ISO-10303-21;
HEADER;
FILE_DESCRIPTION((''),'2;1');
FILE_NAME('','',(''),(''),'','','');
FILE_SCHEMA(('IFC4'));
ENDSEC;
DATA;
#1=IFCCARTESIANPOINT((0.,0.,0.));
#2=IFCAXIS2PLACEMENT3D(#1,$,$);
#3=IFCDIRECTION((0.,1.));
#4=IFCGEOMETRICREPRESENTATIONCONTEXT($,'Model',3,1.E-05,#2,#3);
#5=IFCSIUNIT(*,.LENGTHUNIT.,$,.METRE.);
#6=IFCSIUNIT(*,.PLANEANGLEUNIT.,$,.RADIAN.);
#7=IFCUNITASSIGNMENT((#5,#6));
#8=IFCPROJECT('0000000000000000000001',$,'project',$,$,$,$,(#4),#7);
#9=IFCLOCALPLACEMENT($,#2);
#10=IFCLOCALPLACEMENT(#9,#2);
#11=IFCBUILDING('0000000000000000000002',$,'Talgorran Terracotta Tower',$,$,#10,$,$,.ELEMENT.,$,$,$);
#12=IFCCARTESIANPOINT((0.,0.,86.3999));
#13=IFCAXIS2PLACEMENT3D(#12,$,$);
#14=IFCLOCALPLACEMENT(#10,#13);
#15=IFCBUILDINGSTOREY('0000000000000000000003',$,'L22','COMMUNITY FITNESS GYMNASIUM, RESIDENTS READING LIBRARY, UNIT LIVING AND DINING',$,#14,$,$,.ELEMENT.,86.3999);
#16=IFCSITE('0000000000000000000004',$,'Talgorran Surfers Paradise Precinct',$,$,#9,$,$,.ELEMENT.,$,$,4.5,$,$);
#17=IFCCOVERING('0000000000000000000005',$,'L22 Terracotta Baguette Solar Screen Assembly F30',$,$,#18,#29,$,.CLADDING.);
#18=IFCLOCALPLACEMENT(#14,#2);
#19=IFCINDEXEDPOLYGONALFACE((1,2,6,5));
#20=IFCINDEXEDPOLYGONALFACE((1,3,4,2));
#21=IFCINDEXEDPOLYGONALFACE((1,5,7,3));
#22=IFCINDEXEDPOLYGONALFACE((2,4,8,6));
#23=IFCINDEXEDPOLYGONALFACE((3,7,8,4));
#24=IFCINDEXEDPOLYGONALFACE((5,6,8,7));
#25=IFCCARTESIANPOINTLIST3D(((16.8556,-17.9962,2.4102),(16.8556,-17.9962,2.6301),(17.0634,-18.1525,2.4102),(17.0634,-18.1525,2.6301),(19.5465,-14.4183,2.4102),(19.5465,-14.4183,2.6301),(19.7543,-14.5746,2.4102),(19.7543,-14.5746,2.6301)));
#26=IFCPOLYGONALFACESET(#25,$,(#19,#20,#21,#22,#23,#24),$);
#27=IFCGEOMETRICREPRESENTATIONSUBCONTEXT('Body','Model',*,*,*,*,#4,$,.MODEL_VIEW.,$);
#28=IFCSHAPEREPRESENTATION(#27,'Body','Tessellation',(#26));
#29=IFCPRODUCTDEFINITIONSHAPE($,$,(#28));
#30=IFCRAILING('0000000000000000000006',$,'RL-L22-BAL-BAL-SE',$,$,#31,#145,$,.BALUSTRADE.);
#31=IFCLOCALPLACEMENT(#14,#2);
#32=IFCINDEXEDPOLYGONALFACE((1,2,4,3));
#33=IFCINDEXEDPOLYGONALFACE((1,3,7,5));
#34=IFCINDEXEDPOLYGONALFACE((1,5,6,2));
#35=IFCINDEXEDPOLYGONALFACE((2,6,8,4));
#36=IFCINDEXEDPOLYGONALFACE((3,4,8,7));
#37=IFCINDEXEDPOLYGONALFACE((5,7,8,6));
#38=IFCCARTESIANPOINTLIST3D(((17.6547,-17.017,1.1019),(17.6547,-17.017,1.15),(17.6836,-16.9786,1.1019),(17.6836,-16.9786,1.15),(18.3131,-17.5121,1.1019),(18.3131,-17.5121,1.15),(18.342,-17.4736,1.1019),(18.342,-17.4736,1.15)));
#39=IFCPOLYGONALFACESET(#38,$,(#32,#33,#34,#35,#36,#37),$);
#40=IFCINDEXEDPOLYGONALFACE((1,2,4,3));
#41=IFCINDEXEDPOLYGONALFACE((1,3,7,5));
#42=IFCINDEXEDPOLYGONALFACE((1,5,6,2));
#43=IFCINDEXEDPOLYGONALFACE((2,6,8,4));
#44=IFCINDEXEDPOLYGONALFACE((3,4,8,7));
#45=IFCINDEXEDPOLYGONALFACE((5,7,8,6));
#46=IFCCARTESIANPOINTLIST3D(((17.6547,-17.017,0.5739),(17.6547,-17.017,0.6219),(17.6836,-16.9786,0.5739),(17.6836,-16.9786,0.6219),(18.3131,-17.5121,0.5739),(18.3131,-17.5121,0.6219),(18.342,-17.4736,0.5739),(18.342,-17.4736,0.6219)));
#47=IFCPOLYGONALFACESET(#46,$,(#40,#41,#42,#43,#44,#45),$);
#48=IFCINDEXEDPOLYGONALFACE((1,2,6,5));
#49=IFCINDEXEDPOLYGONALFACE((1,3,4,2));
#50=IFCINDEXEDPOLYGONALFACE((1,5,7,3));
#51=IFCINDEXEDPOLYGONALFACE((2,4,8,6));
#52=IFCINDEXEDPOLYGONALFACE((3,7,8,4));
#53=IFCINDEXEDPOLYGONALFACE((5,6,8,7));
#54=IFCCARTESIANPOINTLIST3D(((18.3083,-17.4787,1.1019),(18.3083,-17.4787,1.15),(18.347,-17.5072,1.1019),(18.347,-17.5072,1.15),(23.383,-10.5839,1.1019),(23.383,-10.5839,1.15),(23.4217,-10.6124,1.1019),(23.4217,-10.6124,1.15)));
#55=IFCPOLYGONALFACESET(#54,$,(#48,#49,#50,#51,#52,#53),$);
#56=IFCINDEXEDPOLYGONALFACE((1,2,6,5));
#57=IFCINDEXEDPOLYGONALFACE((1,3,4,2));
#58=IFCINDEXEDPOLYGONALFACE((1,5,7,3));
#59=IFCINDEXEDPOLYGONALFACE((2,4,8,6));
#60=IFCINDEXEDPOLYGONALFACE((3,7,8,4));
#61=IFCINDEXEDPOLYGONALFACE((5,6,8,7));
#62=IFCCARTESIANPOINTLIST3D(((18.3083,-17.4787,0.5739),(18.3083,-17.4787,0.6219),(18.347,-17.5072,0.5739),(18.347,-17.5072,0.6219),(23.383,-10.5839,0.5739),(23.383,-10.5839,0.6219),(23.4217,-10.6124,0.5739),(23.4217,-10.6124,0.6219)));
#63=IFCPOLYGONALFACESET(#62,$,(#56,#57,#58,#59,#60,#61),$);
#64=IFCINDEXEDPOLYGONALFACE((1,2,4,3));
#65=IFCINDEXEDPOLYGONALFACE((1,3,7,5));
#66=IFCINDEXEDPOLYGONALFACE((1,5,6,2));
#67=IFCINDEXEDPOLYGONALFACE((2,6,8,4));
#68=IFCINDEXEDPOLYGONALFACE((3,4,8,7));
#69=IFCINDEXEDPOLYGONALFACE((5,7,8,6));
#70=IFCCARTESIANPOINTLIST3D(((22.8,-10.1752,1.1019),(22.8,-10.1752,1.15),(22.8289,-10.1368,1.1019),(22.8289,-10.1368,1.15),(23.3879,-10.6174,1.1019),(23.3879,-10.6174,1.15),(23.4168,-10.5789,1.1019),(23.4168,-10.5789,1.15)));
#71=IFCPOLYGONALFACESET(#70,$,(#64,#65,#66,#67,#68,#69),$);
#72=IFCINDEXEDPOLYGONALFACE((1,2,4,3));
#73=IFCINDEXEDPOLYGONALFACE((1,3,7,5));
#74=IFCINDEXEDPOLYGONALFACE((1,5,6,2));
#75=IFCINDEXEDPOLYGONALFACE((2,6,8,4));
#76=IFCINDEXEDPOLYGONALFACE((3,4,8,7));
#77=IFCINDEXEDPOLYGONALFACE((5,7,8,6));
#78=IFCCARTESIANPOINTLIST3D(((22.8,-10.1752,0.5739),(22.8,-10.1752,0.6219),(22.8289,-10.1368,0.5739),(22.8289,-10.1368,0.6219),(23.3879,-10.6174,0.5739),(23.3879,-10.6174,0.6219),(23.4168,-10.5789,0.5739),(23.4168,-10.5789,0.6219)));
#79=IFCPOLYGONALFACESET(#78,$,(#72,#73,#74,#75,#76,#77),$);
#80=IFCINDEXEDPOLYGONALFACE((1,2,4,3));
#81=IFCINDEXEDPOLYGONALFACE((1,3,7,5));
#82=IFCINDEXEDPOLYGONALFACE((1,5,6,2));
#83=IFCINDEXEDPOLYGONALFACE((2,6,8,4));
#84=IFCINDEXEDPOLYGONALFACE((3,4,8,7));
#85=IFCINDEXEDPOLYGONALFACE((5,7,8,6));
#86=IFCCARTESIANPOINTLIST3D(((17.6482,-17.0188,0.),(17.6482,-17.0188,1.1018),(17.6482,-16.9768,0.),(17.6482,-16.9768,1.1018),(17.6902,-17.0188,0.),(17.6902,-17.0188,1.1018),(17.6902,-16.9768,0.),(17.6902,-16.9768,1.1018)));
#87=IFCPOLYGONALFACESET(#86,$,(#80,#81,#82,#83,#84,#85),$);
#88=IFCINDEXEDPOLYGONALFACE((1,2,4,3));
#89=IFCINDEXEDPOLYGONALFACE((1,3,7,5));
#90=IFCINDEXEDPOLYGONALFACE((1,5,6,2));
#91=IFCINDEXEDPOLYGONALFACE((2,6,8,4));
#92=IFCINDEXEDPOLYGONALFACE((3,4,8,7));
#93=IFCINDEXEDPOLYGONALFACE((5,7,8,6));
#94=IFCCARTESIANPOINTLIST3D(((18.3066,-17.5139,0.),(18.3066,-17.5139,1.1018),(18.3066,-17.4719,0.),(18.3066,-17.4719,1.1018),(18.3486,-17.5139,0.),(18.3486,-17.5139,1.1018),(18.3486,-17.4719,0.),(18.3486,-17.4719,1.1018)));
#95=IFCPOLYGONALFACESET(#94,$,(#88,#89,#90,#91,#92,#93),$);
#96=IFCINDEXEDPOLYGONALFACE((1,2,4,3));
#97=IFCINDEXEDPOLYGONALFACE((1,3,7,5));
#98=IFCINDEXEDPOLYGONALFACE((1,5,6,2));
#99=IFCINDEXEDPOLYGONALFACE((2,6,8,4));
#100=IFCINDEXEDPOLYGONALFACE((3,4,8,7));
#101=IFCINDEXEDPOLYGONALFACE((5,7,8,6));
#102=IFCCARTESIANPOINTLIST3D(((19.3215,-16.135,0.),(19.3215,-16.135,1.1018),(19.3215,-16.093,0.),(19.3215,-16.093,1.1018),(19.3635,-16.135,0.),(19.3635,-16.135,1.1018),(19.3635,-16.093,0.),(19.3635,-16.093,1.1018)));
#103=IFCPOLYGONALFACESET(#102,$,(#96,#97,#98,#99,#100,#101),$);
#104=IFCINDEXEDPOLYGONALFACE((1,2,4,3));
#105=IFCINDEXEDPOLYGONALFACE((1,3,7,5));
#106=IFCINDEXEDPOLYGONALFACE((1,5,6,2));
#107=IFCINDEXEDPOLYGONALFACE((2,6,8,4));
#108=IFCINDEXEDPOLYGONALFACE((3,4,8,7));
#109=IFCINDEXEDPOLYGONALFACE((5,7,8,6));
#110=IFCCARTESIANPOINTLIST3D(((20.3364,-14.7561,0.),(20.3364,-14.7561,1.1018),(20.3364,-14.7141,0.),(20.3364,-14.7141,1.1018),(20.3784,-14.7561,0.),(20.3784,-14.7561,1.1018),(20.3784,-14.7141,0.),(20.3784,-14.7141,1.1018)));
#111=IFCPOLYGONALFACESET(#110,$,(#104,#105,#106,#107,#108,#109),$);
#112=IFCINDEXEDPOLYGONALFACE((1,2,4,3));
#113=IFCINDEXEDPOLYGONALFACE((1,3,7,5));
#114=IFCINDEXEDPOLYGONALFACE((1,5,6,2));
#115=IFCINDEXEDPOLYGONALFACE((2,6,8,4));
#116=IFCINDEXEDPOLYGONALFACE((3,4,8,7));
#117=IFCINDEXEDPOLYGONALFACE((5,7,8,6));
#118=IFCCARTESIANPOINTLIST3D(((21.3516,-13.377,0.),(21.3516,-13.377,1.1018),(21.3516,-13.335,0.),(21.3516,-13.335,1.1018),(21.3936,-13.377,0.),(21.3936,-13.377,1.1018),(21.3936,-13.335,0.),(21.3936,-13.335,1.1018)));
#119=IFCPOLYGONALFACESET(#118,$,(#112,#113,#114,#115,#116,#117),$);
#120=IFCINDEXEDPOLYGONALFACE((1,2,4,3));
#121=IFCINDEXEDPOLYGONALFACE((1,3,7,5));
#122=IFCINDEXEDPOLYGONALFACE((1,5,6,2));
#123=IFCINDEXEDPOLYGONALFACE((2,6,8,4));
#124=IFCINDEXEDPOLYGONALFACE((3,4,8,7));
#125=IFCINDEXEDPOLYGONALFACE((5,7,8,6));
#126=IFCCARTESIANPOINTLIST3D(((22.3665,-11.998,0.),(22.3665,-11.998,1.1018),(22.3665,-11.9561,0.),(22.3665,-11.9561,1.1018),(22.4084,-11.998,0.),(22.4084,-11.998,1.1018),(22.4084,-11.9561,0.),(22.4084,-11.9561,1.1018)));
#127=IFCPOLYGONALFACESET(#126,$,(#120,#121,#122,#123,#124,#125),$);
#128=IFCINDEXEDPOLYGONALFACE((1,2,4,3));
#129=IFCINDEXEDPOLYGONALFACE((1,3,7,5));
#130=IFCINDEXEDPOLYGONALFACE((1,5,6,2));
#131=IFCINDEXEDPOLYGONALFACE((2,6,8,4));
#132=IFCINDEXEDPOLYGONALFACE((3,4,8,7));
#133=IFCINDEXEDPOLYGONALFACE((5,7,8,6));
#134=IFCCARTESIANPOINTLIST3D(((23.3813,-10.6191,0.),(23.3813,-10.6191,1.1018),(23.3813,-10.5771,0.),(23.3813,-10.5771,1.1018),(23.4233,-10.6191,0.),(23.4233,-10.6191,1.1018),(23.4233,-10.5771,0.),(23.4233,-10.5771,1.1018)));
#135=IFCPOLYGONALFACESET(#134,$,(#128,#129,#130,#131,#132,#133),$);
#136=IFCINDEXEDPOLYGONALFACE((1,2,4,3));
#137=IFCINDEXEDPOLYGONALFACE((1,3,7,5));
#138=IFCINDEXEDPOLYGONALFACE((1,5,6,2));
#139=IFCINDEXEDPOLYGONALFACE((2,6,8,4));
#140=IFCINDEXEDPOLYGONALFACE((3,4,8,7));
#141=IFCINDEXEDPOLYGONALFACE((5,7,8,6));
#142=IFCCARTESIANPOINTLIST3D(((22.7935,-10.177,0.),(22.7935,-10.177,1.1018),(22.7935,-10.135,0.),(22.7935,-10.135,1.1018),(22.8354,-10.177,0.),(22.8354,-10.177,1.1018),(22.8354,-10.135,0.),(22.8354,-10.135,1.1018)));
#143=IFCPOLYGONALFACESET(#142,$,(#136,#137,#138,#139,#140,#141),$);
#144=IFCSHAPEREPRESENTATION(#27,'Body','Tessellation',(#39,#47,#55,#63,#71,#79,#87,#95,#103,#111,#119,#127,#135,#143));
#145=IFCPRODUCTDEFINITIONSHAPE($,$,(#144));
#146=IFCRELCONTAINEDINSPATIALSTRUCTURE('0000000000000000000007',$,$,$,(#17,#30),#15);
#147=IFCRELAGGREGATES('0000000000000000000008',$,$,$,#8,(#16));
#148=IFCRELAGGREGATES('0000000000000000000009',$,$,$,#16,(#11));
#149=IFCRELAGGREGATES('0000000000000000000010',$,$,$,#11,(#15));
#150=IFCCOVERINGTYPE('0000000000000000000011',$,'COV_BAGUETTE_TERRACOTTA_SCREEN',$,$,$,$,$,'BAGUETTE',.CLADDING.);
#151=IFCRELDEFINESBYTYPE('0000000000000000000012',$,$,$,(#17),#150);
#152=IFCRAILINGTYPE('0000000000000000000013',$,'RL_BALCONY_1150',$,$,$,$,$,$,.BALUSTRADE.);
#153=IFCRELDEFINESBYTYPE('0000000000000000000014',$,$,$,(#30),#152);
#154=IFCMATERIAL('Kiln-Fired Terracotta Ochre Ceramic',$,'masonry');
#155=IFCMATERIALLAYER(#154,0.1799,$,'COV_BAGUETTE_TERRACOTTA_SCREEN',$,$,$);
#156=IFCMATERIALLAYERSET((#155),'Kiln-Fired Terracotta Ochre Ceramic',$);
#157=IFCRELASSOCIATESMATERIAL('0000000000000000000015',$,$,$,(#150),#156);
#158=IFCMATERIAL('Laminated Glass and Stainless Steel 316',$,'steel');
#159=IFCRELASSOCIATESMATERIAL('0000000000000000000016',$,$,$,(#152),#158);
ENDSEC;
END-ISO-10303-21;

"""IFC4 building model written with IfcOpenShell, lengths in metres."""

from ifc_helpers import new_model, si_unit, direction, frame, origin, origin_2d, place, context, subcontext, project, spatial, rectangle, extrude, material, layer, layer_set, type_object, element, save


model = new_model("IFC4")

# Units and contexts
model_context = context("Model", 3, precision=1e-05, world=origin(), true_north=direction((0.0, 1.0)))
body_context = subcontext(model_context, "Body", "Model", "MODEL_VIEW")
ifc_project = project(units=[si_unit("LENGTHUNIT", "METRE"), si_unit("PLANEANGLEUNIT", "RADIAN")], contexts=[model_context])

# Site, building, storey
site_placement = place(None, origin())
site = spatial("IfcSite", under=ifc_project, at=site_placement, Name="Talgorran Surfers Paradise Precinct", CompositionType="ELEMENT", RefElevation=4.5)
building_placement = place(site_placement, origin())
building = spatial("IfcBuilding", under=site, at=building_placement, Name="Talgorran Terracotta Tower", CompositionType="ELEMENT")
storey_placement = place(building_placement, frame((0.0, 0.0, 86.3999)))
storey = spatial("IfcBuildingStorey", under=building, at=storey_placement, Name="L22", Description="COMMUNITY FITNESS GYMNASIUM, RESIDENTS READING LIBRARY, UNIT LIVING AND DINING", CompositionType="ELEMENT", Elevation=86.3999)

# Covering
ifc_material_1 = material(Name="Kiln-Fired Terracotta Ochre Ceramic", Category="masonry")
ifc_layer_1 = layer(ifc_material_1, 0.1799, Name="COV_BAGUETTE_TERRACOTTA_SCREEN")
ifc_layer_set_1 = layer_set([ifc_layer_1], Name="Kiln-Fired Terracotta Ochre Ceramic")
covering_type = type_object("IfcCoveringType", Name="COV_BAGUETTE_TERRACOTTA_SCREEN", ElementType="BAGUETTE", PredefinedType="CLADDING", material=ifc_layer_set_1)
covering_placement = place(storey_placement, frame((18.3049, -16.2854, 2.4102), z_axis=(0.0, 0.0, 1.0), x_axis=(0.601062, 0.799202, 0.0)))
element("IfcCovering", 1, at=covering_placement, inside=storey, type_object=covering_type, Name="L22 Terracotta Baguette Solar Screen Assembly F30", PredefinedType="CLADDING", context=body_context, shape_type="SweptSolid", body=[
    extrude(rectangle(XDim=4.4768, YDim=0.26, at=origin_2d()), origin(), (0.0, 0.0, 1.0), 0.22),
])

# Railing
ifc_material_2 = material(Name="Laminated Glass and Stainless Steel 316", Category="steel")
railing_type = type_object("IfcRailingType", Name="RL_BALCONY_1150", PredefinedType="BALUSTRADE", material=ifc_material_2)
railing_placement = place(storey_placement, frame((17.6692, -16.9978, 0.0)))
element("IfcRailing", 2, at=railing_placement, inside=storey, type_object=railing_type, Name="RL-L22-BAL-BAL-SE", PredefinedType="BALUSTRADE", context=body_context, shape_type="SweptSolid", body=[
    extrude(rectangle(XDim=0.0481, YDim=0.0481, at=origin_2d()), frame((0.0, 0.0, 1.126), z_axis=(0.799253, -0.600995, 0.0), x_axis=(0.600995, 0.799253, 0.0)), (0.0, 0.0, 1.0), 0.8237),
    extrude(rectangle(XDim=0.0481, YDim=0.0481, at=origin_2d()), frame((0.0, 0.0, 0.5979), z_axis=(0.799253, -0.600995, 0.0), x_axis=(0.600995, 0.799253, 0.0)), (0.0, 0.0, 1.0), 0.8237),
    extrude(rectangle(XDim=0.0481, YDim=0.0481, at=origin_2d()), frame((0.6584, -0.4951, 1.126), z_axis=(0.592771, 0.805371, 0.0), x_axis=(-0.805371, 0.592771, 0.0)), (0.0, 0.0, 1.0), 8.561),
    extrude(rectangle(XDim=0.0481, YDim=0.0481, at=origin_2d()), frame((0.6584, -0.4951, 0.5979), z_axis=(0.592771, 0.805371, 0.0), x_axis=(-0.805371, 0.592771, 0.0)), (0.0, 0.0, 1.0), 8.561),
    extrude(rectangle(XDim=0.0481, YDim=0.0481, at=origin_2d()), frame((5.7332, 6.3997, 1.126), z_axis=(-0.799203, 0.601062, 0.0), x_axis=(-0.601062, -0.799203, 0.0)), (0.0, 0.0, 1.0), 0.7356),
    extrude(rectangle(XDim=0.0481, YDim=0.0481, at=origin_2d()), frame((5.7332, 6.3997, 0.5979), z_axis=(-0.799203, 0.601062, 0.0), x_axis=(-0.601062, -0.799203, 0.0)), (0.0, 0.0, 1.0), 0.7356),
    extrude(rectangle(XDim=0.042, YDim=0.042, at=origin_2d()), origin(), (0.0, 0.0, 1.0), 1.1018),
    extrude(rectangle(XDim=0.042, YDim=0.042, at=origin_2d()), frame((0.6584, -0.4951, 0.0)), (0.0, 0.0, 1.0), 1.1018),
    extrude(rectangle(XDim=0.042, YDim=0.042, at=origin_2d()), frame((1.6733, 0.8838, 0.0)), (0.0, 0.0, 1.0), 1.1018),
    extrude(rectangle(XDim=0.042, YDim=0.042, at=origin_2d()), frame((2.6882, 2.2627, 0.0)), (0.0, 0.0, 1.0), 1.1018),
    extrude(rectangle(XDim=0.042, YDim=0.042, at=origin_2d()), frame((3.7034, 3.6418, 0.0)), (0.0, 0.0, 1.0), 1.1018),
    extrude(rectangle(XDim=0.042, YDim=0.042, at=origin_2d()), frame((4.7183, 5.0208, 0.0)), (0.0, 0.0, 1.0), 1.1018),
    extrude(rectangle(XDim=0.042, YDim=0.042, at=origin_2d()), frame((5.7332, 6.3997, 0.0)), (0.0, 0.0, 1.0), 1.1018),
    extrude(rectangle(XDim=0.042, YDim=0.042, at=origin_2d()), frame((5.1453, 6.8418, 0.0)), (0.0, 0.0, 1.0), 1.1018),
])

save(model, "model.ifc")
